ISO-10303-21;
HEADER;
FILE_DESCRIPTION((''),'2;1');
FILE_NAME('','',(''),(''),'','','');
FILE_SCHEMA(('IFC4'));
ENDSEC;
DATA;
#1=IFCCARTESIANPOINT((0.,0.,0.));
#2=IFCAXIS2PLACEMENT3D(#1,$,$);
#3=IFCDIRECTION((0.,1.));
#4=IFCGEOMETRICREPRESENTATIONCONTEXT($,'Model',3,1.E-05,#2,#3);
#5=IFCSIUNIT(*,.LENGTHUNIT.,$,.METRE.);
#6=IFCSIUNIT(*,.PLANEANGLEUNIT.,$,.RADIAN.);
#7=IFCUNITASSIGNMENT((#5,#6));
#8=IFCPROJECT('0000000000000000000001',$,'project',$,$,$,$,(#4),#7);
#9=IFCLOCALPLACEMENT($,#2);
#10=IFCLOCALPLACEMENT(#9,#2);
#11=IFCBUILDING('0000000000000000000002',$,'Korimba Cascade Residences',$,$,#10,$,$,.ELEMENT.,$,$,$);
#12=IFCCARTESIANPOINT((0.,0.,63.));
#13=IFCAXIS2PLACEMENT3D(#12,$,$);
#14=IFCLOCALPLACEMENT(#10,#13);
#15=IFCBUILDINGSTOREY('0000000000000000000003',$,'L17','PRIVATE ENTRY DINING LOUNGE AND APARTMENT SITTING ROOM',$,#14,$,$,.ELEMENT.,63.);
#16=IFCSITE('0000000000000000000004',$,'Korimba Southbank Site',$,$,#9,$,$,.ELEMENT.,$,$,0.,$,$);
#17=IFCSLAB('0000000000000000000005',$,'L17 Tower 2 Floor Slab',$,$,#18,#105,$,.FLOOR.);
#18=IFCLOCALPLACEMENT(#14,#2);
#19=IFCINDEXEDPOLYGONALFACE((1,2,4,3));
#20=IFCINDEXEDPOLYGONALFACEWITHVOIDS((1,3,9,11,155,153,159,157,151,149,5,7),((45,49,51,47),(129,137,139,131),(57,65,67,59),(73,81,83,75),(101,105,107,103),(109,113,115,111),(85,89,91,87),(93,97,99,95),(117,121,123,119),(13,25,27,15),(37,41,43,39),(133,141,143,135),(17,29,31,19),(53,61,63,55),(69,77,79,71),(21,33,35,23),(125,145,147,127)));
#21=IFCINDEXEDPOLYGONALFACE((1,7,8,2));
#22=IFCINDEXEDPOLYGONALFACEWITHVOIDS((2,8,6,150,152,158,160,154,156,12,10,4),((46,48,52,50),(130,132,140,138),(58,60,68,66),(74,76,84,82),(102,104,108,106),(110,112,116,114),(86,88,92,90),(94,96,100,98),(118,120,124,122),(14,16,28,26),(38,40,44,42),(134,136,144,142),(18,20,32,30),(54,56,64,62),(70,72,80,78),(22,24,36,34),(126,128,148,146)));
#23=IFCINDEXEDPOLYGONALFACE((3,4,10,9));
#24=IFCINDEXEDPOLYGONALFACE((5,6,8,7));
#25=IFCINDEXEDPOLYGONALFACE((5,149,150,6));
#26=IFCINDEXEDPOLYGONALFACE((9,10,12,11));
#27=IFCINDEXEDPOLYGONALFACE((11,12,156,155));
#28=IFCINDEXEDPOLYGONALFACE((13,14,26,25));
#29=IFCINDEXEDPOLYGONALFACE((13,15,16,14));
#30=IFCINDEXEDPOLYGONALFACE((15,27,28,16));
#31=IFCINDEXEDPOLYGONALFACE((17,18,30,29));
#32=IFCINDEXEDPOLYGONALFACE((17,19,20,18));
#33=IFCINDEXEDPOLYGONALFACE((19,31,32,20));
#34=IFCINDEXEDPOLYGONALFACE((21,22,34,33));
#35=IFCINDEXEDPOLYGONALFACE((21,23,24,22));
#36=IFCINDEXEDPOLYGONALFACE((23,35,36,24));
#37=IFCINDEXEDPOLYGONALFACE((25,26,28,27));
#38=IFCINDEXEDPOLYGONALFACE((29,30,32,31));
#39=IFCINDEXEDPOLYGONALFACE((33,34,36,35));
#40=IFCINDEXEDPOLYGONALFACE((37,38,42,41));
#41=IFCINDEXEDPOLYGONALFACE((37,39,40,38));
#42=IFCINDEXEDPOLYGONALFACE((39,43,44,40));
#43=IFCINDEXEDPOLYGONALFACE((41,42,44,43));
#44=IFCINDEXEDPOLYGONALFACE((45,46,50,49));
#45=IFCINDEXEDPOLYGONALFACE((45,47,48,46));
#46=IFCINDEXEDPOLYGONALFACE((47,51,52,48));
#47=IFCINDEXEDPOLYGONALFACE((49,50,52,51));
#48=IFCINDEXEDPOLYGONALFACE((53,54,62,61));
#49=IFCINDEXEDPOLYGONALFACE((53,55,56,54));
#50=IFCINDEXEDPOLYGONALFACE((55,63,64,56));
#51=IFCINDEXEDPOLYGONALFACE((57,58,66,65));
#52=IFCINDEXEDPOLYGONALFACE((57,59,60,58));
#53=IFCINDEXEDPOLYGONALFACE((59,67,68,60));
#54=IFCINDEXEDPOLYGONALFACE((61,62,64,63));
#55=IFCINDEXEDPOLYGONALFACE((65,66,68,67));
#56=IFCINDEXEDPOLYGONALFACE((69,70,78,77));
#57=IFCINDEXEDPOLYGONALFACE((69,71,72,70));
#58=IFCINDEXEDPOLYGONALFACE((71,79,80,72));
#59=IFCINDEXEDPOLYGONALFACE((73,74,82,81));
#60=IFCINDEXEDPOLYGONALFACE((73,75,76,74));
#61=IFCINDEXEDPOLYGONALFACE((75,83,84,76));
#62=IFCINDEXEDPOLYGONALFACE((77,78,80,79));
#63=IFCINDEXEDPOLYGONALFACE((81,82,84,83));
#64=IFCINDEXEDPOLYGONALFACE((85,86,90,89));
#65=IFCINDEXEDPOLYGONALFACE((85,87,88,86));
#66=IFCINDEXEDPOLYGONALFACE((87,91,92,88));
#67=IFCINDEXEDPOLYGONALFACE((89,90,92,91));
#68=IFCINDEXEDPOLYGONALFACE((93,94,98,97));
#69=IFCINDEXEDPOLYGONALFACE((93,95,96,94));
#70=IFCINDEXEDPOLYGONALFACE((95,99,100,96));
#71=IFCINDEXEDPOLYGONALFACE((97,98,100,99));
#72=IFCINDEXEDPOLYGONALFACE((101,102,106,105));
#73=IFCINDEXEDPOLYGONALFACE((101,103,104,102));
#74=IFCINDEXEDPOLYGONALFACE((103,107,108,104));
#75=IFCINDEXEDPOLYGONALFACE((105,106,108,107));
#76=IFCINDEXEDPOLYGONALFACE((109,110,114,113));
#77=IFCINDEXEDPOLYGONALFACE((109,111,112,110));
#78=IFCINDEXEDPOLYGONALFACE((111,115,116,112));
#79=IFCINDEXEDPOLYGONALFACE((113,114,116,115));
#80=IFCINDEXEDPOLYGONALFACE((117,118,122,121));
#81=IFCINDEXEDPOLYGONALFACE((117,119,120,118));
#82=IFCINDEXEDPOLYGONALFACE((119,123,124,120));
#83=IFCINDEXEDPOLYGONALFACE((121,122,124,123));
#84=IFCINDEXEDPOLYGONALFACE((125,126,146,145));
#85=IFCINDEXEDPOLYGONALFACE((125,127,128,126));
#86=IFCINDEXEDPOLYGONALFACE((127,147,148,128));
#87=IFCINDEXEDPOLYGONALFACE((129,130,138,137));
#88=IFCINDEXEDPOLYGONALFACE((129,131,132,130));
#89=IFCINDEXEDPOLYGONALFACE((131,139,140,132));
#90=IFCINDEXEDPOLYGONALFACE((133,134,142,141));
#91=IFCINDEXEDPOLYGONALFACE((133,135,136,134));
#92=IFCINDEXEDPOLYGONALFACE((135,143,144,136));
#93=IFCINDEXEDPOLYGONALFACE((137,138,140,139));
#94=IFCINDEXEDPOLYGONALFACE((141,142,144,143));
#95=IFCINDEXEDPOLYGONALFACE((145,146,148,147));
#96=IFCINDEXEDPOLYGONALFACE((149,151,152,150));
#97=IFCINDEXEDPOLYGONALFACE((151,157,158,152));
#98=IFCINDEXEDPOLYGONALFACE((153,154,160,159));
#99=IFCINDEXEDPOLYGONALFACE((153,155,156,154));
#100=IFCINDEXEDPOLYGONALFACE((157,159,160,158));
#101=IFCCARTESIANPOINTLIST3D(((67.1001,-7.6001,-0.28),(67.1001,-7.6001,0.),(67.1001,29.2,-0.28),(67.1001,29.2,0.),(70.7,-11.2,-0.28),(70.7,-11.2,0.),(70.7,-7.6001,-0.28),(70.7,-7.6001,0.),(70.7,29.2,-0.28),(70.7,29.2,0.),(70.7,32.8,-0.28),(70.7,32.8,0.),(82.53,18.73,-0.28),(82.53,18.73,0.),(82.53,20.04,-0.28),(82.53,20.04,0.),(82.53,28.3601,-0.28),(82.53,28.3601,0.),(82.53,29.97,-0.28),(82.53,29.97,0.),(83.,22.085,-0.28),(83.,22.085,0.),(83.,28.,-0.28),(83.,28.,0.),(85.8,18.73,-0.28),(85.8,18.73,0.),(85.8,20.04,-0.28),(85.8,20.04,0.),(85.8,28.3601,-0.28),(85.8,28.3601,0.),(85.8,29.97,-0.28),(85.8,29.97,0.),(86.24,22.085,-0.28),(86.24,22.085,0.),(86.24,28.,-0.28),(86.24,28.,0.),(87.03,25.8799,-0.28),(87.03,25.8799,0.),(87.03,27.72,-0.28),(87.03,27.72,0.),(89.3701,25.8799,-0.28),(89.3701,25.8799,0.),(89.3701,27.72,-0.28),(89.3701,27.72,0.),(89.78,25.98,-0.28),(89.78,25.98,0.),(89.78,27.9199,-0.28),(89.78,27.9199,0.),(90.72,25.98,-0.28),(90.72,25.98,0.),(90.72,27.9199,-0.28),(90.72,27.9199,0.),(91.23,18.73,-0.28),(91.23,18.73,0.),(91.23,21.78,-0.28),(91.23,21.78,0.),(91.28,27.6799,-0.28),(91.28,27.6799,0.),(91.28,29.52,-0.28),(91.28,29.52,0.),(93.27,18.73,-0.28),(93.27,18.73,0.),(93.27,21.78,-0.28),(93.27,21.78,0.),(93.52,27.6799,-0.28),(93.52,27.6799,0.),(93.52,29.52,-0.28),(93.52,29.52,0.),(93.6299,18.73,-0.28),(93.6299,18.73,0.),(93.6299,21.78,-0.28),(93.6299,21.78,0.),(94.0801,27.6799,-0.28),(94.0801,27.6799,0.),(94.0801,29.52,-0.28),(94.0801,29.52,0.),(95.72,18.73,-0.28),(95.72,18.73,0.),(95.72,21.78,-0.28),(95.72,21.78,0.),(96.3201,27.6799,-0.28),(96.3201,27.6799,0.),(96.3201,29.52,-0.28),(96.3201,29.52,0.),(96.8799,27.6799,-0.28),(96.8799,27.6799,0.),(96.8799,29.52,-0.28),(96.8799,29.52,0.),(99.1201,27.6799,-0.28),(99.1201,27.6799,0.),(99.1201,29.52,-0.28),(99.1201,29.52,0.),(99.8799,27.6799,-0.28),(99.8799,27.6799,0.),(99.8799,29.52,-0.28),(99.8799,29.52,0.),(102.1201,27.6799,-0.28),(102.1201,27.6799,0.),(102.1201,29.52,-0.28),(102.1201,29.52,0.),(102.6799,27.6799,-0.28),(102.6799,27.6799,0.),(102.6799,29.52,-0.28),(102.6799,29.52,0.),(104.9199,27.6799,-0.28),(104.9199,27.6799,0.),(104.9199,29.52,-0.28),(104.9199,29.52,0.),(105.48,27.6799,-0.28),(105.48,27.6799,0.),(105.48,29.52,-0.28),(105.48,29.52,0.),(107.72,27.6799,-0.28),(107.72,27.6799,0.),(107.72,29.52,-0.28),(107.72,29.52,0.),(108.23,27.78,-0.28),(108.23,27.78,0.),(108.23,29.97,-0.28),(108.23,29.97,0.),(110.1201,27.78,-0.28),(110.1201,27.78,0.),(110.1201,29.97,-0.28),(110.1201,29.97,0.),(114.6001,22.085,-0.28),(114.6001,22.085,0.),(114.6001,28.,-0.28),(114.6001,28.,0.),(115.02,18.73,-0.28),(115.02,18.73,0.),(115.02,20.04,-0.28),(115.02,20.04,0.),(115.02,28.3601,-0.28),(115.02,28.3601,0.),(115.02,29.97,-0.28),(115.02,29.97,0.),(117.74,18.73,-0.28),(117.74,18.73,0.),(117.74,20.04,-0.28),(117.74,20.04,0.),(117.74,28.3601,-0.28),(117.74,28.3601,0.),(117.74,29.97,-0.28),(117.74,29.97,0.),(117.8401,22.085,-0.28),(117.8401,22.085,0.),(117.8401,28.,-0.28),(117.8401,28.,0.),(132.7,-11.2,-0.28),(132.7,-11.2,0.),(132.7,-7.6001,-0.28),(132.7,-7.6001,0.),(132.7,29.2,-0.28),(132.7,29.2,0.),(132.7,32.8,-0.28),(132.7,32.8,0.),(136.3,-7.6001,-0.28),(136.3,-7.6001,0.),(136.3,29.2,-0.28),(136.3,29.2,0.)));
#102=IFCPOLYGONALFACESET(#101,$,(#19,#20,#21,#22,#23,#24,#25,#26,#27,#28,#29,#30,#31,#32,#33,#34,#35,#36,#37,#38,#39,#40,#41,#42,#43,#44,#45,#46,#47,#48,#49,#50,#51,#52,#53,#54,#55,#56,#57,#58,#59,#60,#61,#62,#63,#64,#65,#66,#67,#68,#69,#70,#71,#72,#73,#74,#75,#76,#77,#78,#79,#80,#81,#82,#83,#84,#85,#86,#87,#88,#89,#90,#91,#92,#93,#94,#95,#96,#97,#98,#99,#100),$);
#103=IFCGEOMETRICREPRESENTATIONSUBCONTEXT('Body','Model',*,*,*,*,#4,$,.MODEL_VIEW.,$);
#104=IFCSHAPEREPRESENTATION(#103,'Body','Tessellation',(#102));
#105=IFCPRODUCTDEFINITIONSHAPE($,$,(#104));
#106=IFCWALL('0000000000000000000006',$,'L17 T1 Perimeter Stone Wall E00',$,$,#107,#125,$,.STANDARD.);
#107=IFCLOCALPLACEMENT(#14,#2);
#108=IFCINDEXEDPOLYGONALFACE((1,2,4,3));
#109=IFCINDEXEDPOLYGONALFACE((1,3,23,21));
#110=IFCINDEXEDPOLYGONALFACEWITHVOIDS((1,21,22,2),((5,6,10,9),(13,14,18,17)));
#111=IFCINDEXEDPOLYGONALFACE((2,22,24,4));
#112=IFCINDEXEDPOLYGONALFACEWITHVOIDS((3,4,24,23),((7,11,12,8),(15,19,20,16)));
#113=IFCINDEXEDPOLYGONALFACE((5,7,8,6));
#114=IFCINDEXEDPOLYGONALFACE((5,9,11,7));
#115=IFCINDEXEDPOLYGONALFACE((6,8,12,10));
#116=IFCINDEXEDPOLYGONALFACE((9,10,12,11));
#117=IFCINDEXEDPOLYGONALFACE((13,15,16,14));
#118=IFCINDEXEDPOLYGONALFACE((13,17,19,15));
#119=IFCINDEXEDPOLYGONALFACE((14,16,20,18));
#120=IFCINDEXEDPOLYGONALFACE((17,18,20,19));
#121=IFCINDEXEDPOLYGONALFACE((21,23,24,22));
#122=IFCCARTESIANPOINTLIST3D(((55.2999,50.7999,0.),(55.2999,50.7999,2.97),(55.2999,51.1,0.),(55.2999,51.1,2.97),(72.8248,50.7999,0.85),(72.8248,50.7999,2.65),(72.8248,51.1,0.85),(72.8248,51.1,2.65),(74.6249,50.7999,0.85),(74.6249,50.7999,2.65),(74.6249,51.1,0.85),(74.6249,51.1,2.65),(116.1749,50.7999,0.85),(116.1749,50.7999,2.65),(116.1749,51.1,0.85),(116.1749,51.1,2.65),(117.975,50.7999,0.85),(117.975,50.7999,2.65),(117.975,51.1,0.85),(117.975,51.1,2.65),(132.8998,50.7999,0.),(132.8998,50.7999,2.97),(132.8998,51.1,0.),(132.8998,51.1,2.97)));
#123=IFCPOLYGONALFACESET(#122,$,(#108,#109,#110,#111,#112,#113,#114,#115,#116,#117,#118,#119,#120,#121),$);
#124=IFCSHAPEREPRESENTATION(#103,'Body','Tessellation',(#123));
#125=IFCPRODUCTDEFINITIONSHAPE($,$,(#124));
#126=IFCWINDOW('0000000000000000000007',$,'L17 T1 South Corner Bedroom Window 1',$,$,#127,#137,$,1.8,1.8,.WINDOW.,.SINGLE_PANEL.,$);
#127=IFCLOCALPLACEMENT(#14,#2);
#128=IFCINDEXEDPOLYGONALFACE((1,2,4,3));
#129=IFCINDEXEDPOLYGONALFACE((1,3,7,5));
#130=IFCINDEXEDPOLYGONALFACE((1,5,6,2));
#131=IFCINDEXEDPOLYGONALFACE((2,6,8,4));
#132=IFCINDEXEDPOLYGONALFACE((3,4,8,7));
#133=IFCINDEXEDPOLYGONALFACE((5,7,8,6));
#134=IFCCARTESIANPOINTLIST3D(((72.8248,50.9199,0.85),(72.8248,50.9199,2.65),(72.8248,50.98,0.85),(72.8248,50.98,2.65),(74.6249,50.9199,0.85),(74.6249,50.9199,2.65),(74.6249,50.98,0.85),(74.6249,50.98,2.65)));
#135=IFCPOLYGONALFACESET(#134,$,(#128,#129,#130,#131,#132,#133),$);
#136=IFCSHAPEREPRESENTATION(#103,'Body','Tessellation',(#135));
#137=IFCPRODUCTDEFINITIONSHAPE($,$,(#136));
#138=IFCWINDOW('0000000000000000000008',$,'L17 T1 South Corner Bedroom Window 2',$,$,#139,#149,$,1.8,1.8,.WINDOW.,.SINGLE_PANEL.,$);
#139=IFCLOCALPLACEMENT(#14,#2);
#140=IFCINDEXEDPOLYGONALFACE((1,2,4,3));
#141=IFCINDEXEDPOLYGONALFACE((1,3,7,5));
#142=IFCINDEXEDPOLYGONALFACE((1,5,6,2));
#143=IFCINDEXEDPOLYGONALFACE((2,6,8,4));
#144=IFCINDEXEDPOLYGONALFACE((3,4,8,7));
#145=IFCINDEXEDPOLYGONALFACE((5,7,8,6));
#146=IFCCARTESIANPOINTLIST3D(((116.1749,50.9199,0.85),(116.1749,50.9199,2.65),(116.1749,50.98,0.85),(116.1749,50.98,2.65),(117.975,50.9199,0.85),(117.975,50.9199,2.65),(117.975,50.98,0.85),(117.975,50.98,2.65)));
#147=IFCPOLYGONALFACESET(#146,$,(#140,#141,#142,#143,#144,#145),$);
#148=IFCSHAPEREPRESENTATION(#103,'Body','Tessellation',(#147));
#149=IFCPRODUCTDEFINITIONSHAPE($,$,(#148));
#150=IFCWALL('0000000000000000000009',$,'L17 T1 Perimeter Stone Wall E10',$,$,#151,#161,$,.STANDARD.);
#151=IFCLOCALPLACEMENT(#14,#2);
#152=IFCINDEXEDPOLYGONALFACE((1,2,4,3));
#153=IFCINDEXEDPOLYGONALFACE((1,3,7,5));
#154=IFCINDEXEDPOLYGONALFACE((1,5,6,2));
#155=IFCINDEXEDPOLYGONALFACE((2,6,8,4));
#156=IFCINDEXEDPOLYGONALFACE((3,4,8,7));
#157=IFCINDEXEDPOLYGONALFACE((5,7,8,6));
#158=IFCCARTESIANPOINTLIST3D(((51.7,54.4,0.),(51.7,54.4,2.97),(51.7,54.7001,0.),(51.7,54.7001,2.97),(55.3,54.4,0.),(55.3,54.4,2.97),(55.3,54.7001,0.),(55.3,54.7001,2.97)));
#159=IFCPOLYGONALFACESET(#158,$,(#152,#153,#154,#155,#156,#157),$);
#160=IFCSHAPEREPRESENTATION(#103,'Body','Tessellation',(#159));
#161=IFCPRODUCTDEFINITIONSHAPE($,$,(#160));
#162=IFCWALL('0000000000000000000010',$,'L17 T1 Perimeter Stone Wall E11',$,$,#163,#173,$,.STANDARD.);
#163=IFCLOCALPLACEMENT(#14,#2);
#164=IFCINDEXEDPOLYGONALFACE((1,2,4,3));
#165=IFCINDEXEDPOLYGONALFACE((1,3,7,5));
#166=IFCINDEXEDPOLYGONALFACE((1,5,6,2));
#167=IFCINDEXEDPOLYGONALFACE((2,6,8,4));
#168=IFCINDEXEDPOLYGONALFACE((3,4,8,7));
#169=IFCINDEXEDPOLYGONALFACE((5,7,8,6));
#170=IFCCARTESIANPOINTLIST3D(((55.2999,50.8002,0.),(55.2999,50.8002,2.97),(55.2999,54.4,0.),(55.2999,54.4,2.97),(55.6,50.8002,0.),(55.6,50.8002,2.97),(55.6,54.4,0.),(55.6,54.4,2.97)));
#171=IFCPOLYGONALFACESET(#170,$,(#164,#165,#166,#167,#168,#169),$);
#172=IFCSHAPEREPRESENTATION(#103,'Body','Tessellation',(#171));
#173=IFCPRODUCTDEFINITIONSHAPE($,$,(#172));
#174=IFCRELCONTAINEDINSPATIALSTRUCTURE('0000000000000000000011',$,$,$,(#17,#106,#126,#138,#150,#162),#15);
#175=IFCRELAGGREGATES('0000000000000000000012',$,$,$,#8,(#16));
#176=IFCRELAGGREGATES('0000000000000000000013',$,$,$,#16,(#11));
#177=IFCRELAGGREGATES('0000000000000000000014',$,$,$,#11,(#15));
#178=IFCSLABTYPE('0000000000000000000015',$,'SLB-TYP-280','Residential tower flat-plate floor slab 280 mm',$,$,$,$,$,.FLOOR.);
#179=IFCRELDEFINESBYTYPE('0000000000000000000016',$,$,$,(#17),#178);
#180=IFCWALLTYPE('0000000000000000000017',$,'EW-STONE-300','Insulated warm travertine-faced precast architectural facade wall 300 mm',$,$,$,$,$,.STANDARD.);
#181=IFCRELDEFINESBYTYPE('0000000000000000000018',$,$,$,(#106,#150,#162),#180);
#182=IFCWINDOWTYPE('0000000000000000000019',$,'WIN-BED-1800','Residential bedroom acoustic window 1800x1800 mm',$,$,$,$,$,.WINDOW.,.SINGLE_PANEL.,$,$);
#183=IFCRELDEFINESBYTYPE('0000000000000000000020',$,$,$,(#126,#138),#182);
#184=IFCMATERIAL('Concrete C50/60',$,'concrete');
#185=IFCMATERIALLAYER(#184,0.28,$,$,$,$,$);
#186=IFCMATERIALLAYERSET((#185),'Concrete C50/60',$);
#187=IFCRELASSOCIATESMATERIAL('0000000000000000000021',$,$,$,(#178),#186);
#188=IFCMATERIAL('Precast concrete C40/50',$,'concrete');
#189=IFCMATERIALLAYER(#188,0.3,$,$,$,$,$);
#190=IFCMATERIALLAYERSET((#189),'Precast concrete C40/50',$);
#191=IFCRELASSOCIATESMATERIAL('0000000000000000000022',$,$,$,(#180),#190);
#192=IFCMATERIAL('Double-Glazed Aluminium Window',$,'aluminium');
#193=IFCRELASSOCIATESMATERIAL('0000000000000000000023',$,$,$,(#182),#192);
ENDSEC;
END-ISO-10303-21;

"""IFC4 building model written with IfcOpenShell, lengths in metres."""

from ifc_helpers import new_model, si_unit, direction, frame, frame_2d, origin, place, context, subcontext, project, spatial, polyline, rectangle, outline, extrude, material, layer, layer_set, type_object, element, fill, save


model = new_model("IFC4")

# Units and contexts
model_context = context("Model", 3, precision=1e-05, world=origin(), true_north=direction((0.0, 1.0)))
body_context = subcontext(model_context, "Body", "Model", "MODEL_VIEW")
ifc_project = project(units=[si_unit("LENGTHUNIT", "METRE"), si_unit("PLANEANGLEUNIT", "RADIAN")], contexts=[model_context])

# Site, building, storey
site_placement = place(None, origin())
site = spatial("IfcSite", under=ifc_project, at=site_placement, Name="Korimba Southbank Site", CompositionType="ELEMENT", RefElevation=0.0)
building_placement = place(site_placement, origin())
building = spatial("IfcBuilding", under=site, at=building_placement, Name="Korimba Cascade Residences", CompositionType="ELEMENT")
storey_placement = place(building_placement, frame((0.0, 0.0, 63.0)))
storey = spatial("IfcBuildingStorey", under=building, at=storey_placement, Name="L17", Description="PRIVATE ENTRY DINING LOUNGE AND APARTMENT SITTING ROOM", CompositionType="ELEMENT", Elevation=63.0)

# Shared definitions
ifc_material_1 = material(Name="Concrete C50/60", Category="concrete")

# Slab
ifc_material_2 = material(Name="Precast concrete C40/50", Category="concrete")
ifc_layer_1 = layer(ifc_material_1, 0.28)
ifc_layer_set_1 = layer_set([ifc_layer_1], Name="Concrete C50/60")
slab_type_1 = type_object("IfcSlabType", Name="SLB-TYP-280", Description="Residential tower flat-plate floor slab 280 mm", PredefinedType="FLOOR", material=ifc_layer_set_1)
slab_1_placement = place(storey_placement, frame((0.0, 0.0, -0.28)))
element("IfcSlab", 1, at=slab_1_placement, inside=storey, type_object=slab_type_1, Name="L17 Tower 2 Floor Slab", PredefinedType="FLOOR", context=body_context, shape_type="SweptSolid", body=[
    extrude(outline(polyline([(70.7, -11.2), (132.7, -11.2), (132.7, -7.6001), (136.3, -7.6001), (136.3, 29.2), (132.7, 29.2), (132.7, 32.8), (70.7, 32.8), (70.7, 29.2), (67.1001, 29.2), (67.1001, -7.6001), (70.7, -7.6001), (70.7, -11.2)]), holes=[polyline([(86.24, 22.085), (86.24, 28.0), (83.0, 28.0), (83.0, 22.085), (86.24, 22.085)]), polyline([(117.8401, 22.085), (117.8401, 28.0), (114.6001, 28.0), (114.6001, 22.085), (117.8401, 22.085)]), polyline([(87.03, 25.8799), (89.3701, 25.8799), (89.3701, 27.72), (87.03, 27.72), (87.03, 25.8799)]), polyline([(91.28, 27.6799), (93.52, 27.6799), (93.52, 29.52), (91.28, 29.52), (91.28, 27.6799)]), polyline([(94.0801, 27.6799), (96.3201, 27.6799), (96.3201, 29.52), (94.0801, 29.52), (94.0801, 27.6799)]), polyline([(96.8799, 27.6799), (99.1201, 27.6799), (99.1201, 29.52), (96.8799, 29.52), (96.8799, 27.6799)]), polyline([(99.8799, 27.6799), (102.1201, 27.6799), (102.1201, 29.52), (99.8799, 29.52), (99.8799, 27.6799)]), polyline([(102.6799, 27.6799), (104.9199, 27.6799), (104.9199, 29.52), (102.6799, 29.52), (102.6799, 27.6799)]), polyline([(105.48, 27.6799), (107.72, 27.6799), (107.72, 29.52), (105.48, 29.52), (105.48, 27.6799)]), polyline([(89.78, 25.98), (90.72, 25.98), (90.72, 27.9199), (89.78, 27.9199), (89.78, 25.98)]), polyline([(82.53, 18.73), (85.8, 18.73), (85.8, 20.04), (82.53, 20.04), (82.53, 18.73)]), polyline([(82.53, 28.3601), (85.8, 28.3601), (85.8, 29.97), (82.53, 29.97), (82.53, 28.3601)]), polyline([(108.23, 27.78), (110.1201, 27.78), (110.1201, 29.97), (108.23, 29.97), (108.23, 27.78)]), polyline([(91.23, 18.73), (93.27, 18.73), (93.27, 21.78), (91.23, 21.78), (91.23, 18.73)]), polyline([(93.6299, 18.73), (95.72, 18.73), (95.72, 21.78), (93.6299, 21.78), (93.6299, 18.73)]), polyline([(115.02, 18.73), (117.74, 18.73), (117.74, 20.04), (115.02, 20.04), (115.02, 18.73)]), polyline([(115.02, 28.3601), (117.74, 28.3601), (117.74, 29.97), (115.02, 29.97), (115.02, 28.3601)])]), origin(), (0.0, 0.0, 1.0), 0.28),
])

# Wall, openings, windows
ifc_layer_2 = layer(ifc_material_2, 0.3)
ifc_layer_set_2 = layer_set([ifc_layer_2], Name="Precast concrete C40/50")
wall_type_1 = type_object("IfcWallType", Name="EW-STONE-300", Description="Insulated warm travertine-faced precast architectural facade wall 300 mm", PredefinedType="STANDARD", material=ifc_layer_set_2)
wall_1_placement = place(storey_placement, frame((55.3, 50.95, 0.0), z_axis=(0.0, 0.0, 1.0), x_axis=(1.0, 0.0, 0.0)))
wall_1 = element("IfcWall", 2, at=wall_1_placement, inside=storey, type_object=wall_type_1, Name="L17 T1 Perimeter Stone Wall E00", PredefinedType="STANDARD", context=body_context, shape_type="SweptSolid", body=[
    extrude(rectangle(XDim=77.5999, YDim=0.3, at=frame_2d((38.7998, 0.0))), origin(), (0.0, 0.0, 1.0), 2.97),
])
opening_1_placement = place(wall_1_placement, frame((17.5249, 0.0, 0.8501)))
opening_1 = element("IfcOpeningElement", 3, at=opening_1_placement, cuts=wall_1, PredefinedType="OPENING", context=body_context, shape_type="SweptSolid", body=[
    extrude(rectangle(XDim=1.8, YDim=1.8, at=frame_2d((0.8999, 0.8999))), frame((0.0, 0.1602, 0.0), z_axis=(0.0, -1.0, 0.0), x_axis=(1.0, 0.0, 0.0)), (0.0, 0.0, 1.0), 0.3201),
])
opening_2_placement = place(wall_1_placement, frame((60.875, 0.0, 0.8501)))
opening_2 = element("IfcOpeningElement", 4, at=opening_2_placement, cuts=wall_1, PredefinedType="OPENING", context=body_context, shape_type="SweptSolid", body=[
    extrude(rectangle(XDim=1.8, YDim=1.8, at=frame_2d((0.8999, 0.8999))), frame((0.0, 0.1602, 0.0), z_axis=(0.0, -1.0, 0.0), x_axis=(1.0, 0.0, 0.0)), (0.0, 0.0, 1.0), 0.3201),
])
ifc_material_3 = material(Name="Double-Glazed Aluminium Window", Category="aluminium")
window_type = type_object("IfcWindowType", Name="WIN-BED-1800", Description="Residential bedroom acoustic window 1800x1800 mm", PartitioningType="SINGLE_PANEL", PredefinedType="WINDOW", material=ifc_material_3)
window_1_placement = place(opening_1_placement, origin())
window_1 = element("IfcWindow", 5, at=window_1_placement, inside=storey, type_object=window_type, Name="L17 T1 South Corner Bedroom Window 1", OverallHeight=1.8, OverallWidth=1.8, PartitioningType="SINGLE_PANEL", PredefinedType="WINDOW", context=body_context, shape_type="SweptSolid", body=[
    extrude(rectangle(XDim=1.8, YDim=1.8, at=frame_2d((0.8999, 0.8999))), frame((0.0, 0.03, 0.0), z_axis=(0.0, -1.0, 0.0), x_axis=(1.0, 0.0, 0.0)), (0.0, 0.0, 1.0), 0.0601),
])
fill(opening_1, window_1)
window_2_placement = place(opening_2_placement, origin())
window_2 = element("IfcWindow", 6, at=window_2_placement, inside=storey, type_object=window_type, Name="L17 T1 South Corner Bedroom Window 2", OverallHeight=1.8, OverallWidth=1.8, PartitioningType="SINGLE_PANEL", PredefinedType="WINDOW", context=body_context, shape_type="SweptSolid", body=[
    extrude(rectangle(XDim=1.8, YDim=1.8, at=frame_2d((0.8999, 0.8999))), frame((0.0, 0.03, 0.0), z_axis=(0.0, -1.0, 0.0), x_axis=(1.0, 0.0, 0.0)), (0.0, 0.0, 1.0), 0.0601),
])
fill(opening_2, window_2)

# Walls
wall_2_placement = place(storey_placement, frame((51.7, 54.55, 0.0), z_axis=(0.0, 0.0, 1.0), x_axis=(1.0, 0.0, 0.0)))
element("IfcWall", 7, at=wall_2_placement, inside=storey, type_object=wall_type_1, Name="L17 T1 Perimeter Stone Wall E10", PredefinedType="STANDARD", context=body_context, shape_type="SweptSolid", body=[
    extrude(rectangle(XDim=3.6001, YDim=0.3, at=frame_2d((1.8, 0.0))), origin(), (0.0, 0.0, 1.0), 2.97),
])
wall_3_placement = place(storey_placement, frame((55.45, 54.3999, 0.0), z_axis=(0.0, 0.0, 1.0), x_axis=(0.0, -1.0, 0.0)))
element("IfcWall", 8, at=wall_3_placement, inside=storey, type_object=wall_type_1, Name="L17 T1 Perimeter Stone Wall E11", PredefinedType="STANDARD", context=body_context, shape_type="SweptSolid", body=[
    extrude(rectangle(XDim=3.5999, YDim=0.3, at=frame_2d((1.7998, 0.0))), origin(), (0.0, 0.0, 1.0), 2.97),
])

save(model, "model.ifc")
